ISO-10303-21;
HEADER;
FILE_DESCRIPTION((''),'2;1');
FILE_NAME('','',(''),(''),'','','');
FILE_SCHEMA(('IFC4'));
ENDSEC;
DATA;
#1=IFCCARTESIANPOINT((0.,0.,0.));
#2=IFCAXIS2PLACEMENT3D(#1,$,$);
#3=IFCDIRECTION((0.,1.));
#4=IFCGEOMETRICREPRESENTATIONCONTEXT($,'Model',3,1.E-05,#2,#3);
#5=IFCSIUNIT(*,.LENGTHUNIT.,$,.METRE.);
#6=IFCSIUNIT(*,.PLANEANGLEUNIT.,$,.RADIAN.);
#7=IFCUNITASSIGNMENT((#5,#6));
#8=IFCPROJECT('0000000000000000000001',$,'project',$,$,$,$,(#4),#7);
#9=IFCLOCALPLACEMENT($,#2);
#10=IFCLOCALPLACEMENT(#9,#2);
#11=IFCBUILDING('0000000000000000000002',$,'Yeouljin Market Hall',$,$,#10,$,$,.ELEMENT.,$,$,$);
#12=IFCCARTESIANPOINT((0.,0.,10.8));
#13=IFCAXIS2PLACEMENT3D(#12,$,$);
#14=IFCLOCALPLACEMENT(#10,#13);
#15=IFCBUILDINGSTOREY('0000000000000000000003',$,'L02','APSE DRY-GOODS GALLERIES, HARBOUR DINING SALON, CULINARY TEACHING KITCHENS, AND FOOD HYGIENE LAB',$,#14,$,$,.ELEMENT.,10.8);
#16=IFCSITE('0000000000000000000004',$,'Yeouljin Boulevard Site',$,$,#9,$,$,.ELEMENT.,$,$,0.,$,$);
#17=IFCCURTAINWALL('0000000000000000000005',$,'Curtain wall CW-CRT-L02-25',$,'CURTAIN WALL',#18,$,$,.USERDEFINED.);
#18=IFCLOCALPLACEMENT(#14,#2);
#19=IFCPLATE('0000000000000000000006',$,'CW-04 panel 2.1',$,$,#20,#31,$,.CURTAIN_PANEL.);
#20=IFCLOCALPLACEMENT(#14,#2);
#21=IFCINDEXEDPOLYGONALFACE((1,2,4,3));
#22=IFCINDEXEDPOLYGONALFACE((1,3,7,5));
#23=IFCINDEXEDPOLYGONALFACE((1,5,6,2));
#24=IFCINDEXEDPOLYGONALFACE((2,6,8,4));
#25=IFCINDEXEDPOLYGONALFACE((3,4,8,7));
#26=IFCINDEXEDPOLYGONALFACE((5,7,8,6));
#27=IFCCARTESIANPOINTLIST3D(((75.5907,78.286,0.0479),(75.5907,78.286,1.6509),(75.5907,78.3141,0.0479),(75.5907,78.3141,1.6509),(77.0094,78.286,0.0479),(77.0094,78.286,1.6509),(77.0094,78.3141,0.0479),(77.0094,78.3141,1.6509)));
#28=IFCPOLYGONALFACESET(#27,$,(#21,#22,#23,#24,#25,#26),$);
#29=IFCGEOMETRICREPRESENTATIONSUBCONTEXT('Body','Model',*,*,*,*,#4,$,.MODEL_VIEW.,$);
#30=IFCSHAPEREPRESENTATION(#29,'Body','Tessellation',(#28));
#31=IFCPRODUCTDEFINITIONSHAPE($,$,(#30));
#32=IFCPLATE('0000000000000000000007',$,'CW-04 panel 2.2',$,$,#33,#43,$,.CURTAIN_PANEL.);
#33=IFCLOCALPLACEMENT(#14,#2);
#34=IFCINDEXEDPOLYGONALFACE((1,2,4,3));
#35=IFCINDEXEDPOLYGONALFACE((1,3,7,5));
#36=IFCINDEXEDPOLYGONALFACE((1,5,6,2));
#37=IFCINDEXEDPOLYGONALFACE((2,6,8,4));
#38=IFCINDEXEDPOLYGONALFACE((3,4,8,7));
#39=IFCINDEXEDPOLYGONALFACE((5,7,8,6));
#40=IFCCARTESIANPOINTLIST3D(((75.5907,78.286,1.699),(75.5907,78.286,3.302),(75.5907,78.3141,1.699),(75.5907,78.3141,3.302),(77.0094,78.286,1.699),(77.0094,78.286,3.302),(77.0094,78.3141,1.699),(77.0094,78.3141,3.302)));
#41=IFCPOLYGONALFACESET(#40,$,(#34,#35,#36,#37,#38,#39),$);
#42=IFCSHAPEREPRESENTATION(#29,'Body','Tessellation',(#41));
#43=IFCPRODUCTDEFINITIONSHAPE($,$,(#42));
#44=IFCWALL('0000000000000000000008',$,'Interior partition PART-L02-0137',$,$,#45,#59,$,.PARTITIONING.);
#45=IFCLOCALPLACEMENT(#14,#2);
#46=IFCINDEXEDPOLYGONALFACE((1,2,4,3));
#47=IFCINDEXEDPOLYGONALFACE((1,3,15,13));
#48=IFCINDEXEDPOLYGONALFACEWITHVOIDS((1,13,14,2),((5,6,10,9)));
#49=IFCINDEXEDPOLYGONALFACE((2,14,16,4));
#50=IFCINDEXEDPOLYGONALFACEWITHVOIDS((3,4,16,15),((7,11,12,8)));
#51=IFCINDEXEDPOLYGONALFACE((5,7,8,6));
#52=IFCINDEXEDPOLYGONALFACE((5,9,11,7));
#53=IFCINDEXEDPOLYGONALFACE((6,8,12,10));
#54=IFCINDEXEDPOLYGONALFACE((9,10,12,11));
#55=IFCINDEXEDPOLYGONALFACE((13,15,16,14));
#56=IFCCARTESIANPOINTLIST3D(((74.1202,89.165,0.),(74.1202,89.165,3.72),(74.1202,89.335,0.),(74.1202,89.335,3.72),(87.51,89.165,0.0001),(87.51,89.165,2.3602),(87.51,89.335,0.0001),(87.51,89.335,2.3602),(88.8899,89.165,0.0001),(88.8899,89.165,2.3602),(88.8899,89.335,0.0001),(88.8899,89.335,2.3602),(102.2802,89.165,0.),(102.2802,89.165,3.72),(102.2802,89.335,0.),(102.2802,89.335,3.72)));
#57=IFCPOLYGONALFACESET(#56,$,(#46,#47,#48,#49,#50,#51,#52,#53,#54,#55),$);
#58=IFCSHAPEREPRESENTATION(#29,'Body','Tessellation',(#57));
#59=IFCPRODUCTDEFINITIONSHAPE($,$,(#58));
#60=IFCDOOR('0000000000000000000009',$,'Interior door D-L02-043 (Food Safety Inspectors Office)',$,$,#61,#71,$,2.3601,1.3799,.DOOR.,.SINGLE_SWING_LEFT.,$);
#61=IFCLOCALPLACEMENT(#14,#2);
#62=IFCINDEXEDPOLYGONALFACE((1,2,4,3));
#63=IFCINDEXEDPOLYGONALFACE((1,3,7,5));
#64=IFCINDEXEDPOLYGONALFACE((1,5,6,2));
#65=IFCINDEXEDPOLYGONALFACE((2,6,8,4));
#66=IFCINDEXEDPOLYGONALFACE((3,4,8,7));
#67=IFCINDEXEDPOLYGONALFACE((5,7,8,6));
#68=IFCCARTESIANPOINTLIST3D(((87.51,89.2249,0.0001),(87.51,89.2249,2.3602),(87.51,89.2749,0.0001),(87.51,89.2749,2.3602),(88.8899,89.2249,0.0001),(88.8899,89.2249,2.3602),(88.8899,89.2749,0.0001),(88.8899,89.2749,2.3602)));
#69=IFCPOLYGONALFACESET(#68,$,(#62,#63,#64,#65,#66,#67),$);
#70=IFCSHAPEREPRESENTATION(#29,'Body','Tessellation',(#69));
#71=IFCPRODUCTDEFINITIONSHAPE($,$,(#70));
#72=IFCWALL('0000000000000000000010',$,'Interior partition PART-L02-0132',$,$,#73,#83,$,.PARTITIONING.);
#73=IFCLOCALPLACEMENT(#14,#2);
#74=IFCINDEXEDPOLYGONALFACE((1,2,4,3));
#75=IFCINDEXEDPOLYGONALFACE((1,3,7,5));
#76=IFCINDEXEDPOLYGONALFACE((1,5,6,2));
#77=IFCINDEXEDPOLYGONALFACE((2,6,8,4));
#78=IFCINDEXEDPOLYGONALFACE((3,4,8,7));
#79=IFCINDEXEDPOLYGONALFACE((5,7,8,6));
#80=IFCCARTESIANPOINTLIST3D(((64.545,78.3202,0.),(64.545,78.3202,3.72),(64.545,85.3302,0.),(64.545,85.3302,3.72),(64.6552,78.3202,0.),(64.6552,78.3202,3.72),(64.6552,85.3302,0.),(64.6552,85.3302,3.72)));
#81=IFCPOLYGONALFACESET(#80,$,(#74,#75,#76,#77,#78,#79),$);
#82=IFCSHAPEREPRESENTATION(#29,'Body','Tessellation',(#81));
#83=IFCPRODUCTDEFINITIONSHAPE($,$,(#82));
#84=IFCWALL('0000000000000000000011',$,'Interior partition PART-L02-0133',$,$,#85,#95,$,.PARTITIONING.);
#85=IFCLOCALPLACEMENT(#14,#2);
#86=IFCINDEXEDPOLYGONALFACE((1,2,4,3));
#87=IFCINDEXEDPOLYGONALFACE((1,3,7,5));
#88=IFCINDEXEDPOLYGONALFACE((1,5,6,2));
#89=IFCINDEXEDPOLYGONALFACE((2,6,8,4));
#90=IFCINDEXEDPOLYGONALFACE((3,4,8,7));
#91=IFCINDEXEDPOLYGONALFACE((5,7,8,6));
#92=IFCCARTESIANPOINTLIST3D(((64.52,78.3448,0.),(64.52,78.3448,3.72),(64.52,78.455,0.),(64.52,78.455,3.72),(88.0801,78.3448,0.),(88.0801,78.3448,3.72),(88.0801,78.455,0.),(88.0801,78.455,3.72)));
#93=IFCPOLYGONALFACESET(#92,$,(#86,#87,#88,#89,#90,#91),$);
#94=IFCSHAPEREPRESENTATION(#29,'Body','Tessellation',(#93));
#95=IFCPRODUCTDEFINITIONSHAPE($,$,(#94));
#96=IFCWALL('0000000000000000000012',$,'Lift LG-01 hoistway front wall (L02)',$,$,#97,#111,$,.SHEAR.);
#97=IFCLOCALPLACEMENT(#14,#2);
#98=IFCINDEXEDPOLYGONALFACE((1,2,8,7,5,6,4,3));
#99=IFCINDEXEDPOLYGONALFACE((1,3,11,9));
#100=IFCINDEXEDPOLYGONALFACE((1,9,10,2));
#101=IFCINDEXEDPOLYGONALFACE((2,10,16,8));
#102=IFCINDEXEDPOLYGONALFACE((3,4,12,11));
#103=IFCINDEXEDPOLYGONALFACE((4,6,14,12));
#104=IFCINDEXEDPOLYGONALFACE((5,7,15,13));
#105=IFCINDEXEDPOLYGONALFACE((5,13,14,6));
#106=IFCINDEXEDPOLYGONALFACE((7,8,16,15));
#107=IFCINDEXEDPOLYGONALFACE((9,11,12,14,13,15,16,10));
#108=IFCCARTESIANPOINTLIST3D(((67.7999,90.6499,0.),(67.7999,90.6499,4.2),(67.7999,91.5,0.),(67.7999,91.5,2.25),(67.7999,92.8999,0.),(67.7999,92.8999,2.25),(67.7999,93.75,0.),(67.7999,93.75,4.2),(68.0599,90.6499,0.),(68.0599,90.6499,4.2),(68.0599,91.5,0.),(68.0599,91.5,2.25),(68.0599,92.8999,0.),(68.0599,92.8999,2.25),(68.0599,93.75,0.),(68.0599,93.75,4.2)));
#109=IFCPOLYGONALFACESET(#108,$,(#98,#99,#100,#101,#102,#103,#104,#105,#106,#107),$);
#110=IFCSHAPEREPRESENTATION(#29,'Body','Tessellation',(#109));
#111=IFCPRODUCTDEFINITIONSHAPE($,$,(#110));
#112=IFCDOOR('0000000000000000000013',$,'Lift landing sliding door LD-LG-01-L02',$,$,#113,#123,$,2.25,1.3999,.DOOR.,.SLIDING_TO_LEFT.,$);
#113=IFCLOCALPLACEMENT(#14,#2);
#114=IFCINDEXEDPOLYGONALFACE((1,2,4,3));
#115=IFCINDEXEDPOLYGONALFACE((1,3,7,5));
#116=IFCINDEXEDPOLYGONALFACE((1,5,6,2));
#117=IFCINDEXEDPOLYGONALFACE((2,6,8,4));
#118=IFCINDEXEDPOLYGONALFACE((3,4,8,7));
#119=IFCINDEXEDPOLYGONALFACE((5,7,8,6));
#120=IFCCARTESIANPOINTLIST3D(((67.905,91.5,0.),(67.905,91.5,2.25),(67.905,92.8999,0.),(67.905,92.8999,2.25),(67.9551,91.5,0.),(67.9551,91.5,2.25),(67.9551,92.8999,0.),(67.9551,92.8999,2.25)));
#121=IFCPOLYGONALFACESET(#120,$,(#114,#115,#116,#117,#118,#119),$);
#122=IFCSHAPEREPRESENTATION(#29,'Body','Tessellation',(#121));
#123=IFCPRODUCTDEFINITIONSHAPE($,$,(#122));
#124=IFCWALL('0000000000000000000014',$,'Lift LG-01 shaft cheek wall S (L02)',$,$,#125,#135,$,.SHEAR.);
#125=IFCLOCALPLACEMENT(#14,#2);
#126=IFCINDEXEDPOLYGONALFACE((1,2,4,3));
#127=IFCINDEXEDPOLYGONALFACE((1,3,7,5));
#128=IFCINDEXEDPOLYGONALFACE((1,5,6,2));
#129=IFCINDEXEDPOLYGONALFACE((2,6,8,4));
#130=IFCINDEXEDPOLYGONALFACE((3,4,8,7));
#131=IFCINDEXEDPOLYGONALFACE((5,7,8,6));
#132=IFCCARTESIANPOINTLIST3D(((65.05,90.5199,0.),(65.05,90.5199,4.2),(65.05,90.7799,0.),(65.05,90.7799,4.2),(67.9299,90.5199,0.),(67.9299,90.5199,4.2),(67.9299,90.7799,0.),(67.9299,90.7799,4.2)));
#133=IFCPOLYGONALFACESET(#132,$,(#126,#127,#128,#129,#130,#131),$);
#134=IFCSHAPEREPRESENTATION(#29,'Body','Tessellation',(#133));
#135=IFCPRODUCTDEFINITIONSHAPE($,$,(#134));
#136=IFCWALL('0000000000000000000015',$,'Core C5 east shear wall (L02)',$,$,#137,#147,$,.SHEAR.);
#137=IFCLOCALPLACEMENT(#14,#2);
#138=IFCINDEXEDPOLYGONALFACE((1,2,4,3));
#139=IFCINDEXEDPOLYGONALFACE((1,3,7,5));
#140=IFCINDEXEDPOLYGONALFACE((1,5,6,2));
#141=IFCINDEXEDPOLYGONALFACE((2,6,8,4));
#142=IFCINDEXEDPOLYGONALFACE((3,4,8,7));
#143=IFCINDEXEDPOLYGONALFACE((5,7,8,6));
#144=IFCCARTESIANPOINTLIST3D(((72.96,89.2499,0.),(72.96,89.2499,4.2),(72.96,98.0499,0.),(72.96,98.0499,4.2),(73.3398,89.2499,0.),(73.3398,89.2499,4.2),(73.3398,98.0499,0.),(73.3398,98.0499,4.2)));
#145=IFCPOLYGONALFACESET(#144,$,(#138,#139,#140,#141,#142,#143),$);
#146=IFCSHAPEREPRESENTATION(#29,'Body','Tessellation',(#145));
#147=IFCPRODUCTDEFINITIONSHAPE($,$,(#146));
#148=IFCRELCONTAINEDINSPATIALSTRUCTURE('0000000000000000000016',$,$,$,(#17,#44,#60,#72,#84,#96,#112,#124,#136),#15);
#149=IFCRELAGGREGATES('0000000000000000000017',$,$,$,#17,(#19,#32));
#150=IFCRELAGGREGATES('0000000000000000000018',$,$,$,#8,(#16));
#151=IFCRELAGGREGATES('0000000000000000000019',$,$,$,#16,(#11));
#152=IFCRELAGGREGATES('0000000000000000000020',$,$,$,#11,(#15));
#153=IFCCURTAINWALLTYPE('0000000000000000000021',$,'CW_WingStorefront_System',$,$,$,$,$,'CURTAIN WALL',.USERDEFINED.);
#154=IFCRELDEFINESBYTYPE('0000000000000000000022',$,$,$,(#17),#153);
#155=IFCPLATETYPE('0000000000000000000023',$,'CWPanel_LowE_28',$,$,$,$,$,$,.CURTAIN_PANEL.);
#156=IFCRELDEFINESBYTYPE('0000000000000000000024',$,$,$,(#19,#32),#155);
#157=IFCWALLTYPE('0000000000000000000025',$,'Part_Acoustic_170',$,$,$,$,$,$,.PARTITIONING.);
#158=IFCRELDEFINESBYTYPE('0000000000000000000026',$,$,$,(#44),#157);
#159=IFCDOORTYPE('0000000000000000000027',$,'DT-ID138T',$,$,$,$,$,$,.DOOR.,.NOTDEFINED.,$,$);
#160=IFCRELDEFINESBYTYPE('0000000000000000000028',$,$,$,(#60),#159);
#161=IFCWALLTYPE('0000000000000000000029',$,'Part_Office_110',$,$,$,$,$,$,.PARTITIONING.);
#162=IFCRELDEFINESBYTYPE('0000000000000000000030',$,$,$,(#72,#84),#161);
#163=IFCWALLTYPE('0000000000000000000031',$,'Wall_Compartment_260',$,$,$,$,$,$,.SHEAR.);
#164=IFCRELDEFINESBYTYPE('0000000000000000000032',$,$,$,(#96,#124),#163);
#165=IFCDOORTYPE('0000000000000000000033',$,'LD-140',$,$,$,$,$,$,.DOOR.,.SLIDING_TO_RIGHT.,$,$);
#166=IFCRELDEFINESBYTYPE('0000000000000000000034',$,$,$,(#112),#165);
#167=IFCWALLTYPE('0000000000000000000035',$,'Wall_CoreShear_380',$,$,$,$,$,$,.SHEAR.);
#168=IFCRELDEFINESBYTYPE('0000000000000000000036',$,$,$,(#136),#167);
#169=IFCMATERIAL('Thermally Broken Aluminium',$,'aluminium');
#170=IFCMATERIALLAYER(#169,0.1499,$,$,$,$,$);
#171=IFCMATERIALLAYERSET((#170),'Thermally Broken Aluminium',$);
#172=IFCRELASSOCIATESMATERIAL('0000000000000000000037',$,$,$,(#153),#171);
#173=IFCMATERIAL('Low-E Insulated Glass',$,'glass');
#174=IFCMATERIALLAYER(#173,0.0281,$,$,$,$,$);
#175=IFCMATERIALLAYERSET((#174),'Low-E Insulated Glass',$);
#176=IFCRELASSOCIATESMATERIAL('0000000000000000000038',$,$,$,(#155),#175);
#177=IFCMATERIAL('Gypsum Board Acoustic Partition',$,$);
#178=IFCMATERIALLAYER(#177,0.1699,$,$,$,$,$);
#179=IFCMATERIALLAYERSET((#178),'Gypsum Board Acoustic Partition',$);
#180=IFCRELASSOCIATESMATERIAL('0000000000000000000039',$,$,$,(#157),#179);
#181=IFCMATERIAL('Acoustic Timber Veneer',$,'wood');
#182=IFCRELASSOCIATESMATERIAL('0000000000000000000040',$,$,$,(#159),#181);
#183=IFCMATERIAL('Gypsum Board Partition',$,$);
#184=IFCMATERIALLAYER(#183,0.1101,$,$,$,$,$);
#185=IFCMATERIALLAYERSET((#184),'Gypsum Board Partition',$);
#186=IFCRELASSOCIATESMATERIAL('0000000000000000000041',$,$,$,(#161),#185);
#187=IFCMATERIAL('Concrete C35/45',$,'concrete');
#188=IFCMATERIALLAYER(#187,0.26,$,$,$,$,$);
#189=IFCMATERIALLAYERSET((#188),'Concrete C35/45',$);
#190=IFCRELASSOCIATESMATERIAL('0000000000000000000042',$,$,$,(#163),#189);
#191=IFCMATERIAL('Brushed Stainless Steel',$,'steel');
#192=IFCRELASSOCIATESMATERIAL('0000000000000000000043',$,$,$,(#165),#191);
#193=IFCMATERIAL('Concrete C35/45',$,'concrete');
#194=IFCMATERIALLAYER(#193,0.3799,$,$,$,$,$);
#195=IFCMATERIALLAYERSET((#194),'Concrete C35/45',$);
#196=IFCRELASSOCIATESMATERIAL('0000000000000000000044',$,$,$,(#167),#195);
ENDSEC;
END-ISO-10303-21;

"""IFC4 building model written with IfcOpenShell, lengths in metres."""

from ifc_helpers import new_model, si_unit, direction, frame, frame_2d, origin, origin_2d, place, context, subcontext, project, spatial, rectangle, extrude, material, layer, layer_set, type_object, element, fill, aggregate, save


model = new_model("IFC4")

# Units and contexts
model_context = context("Model", 3, precision=1e-05, world=origin(), true_north=direction((0.0, 1.0)))
body_context = subcontext(model_context, "Body", "Model", "MODEL_VIEW")
ifc_project = project(units=[si_unit("LENGTHUNIT", "METRE"), si_unit("PLANEANGLEUNIT", "RADIAN")], contexts=[model_context])

# Site, building, storey
site_placement = place(None, origin())
site = spatial("IfcSite", under=ifc_project, at=site_placement, Name="Yeouljin Boulevard Site", CompositionType="ELEMENT", RefElevation=0.0)
building_placement = place(site_placement, origin())
building = spatial("IfcBuilding", under=site, at=building_placement, Name="Yeouljin Market Hall", CompositionType="ELEMENT")
storey_placement = place(building_placement, frame((0.0, 0.0, 10.8)))
storey = spatial("IfcBuildingStorey", under=building, at=storey_placement, Name="L02", Description="APSE DRY-GOODS GALLERIES, HARBOUR DINING SALON, CULINARY TEACHING KITCHENS, AND FOOD HYGIENE LAB", CompositionType="ELEMENT", Elevation=10.8)

# Curtain wall
ifc_material_1 = material(Name="Thermally Broken Aluminium", Category="aluminium")
ifc_layer_1 = layer(ifc_material_1, 0.1499)
ifc_layer_set_1 = layer_set([ifc_layer_1], Name="Thermally Broken Aluminium")
curtain_wall_type = type_object("IfcCurtainWallType", Name="CW_WingStorefront_System", ElementType="CURTAIN WALL", PredefinedType="USERDEFINED", material=ifc_layer_set_1)
curtain_wall_placement = place(storey_placement, origin())
curtain_wall = element("IfcCurtainWall", 1, at=curtain_wall_placement, inside=storey, type_object=curtain_wall_type, Name="Curtain wall CW-CRT-L02-25", ObjectType="CURTAIN WALL", PredefinedType="USERDEFINED")

# Plates
ifc_material_2 = material(Name="Low-E Insulated Glass", Category="glass")
ifc_layer_2 = layer(ifc_material_2, 0.0281)
ifc_layer_set_2 = layer_set([ifc_layer_2], Name="Low-E Insulated Glass")
plate_type = type_object("IfcPlateType", Name="CWPanel_LowE_28", PredefinedType="CURTAIN_PANEL", material=ifc_layer_set_2)
plate_1_placement = place(storey_placement, frame((76.3, 78.3, 0.0479), z_axis=(0.0, 0.0, 1.0), x_axis=(1.0, 0.0, 0.0)))
plate_1 = element("IfcPlate", 2, at=plate_1_placement, type_object=plate_type, Name="CW-04 panel 2.1", PredefinedType="CURTAIN_PANEL", context=body_context, shape_type="SweptSolid", body=[
    extrude(rectangle(XDim=1.4187, YDim=0.0281, at=origin_2d()), origin(), (0.0, 0.0, 1.0), 1.603),
])
plate_2_placement = place(storey_placement, frame((76.3, 78.3, 1.699), z_axis=(0.0, 0.0, 1.0), x_axis=(1.0, 0.0, 0.0)))
plate_2 = element("IfcPlate", 3, at=plate_2_placement, type_object=plate_type, Name="CW-04 panel 2.2", PredefinedType="CURTAIN_PANEL", context=body_context, shape_type="SweptSolid", body=[
    extrude(rectangle(XDim=1.4187, YDim=0.0281, at=origin_2d()), origin(), (0.0, 0.0, 1.0), 1.603),
])
aggregate(curtain_wall, [plate_1, plate_2])

# Wall, opening, door
ifc_material_3 = material(Name="Gypsum Board Acoustic Partition")
ifc_layer_3 = layer(ifc_material_3, 0.1699)
ifc_layer_set_3 = layer_set([ifc_layer_3], Name="Gypsum Board Acoustic Partition")
wall_type_1 = type_object("IfcWallType", Name="Part_Acoustic_170", PredefinedType="PARTITIONING", material=ifc_layer_set_3)
wall_1_placement = place(storey_placement, frame((74.1201, 89.25, 0.0), z_axis=(0.0, 0.0, 1.0), x_axis=(1.0, 0.0, 0.0)))
wall_1 = element("IfcWall", 4, at=wall_1_placement, inside=storey, type_object=wall_type_1, Name="Interior partition PART-L02-0137", PredefinedType="PARTITIONING", context=body_context, shape_type="SweptSolid", body=[
    extrude(rectangle(XDim=28.1599, YDim=0.1699, at=frame_2d((14.0801, 0.0))), origin(), (0.0, 0.0, 1.0), 3.72),
])
opening_1_placement = place(wall_1_placement, frame((13.3899, 0.0, 0.0)))
opening_1 = element("IfcOpeningElement", 5, at=opening_1_placement, cuts=wall_1, PredefinedType="OPENING", context=body_context, shape_type="SweptSolid", body=[
    extrude(rectangle(XDim=1.3799, YDim=2.3601, at=frame_2d((0.6899, 1.1802))), frame((0.0, 0.095, 0.0), z_axis=(0.0, -1.0, 0.0), x_axis=(1.0, 0.0, 0.0)), (0.0, 0.0, 1.0), 0.1899),
])
ifc_material_4 = material(Name="Acoustic Timber Veneer", Category="wood")
door_type_1 = type_object("IfcDoorType", Name="DT-ID138T", OperationType="NOTDEFINED", PredefinedType="DOOR", material=ifc_material_4)
door_1_placement = place(opening_1_placement, origin())
door_1 = element("IfcDoor", 6, at=door_1_placement, inside=storey, type_object=door_type_1, Name="Interior door D-L02-043 (Food Safety Inspectors Office)", OperationType="SINGLE_SWING_LEFT", OverallHeight=2.3601, OverallWidth=1.3799, PredefinedType="DOOR", context=body_context, shape_type="SweptSolid", body=[
    extrude(rectangle(XDim=1.3799, YDim=2.3601, at=frame_2d((0.6899, 1.1802))), frame((0.0, 0.0249, 0.0), z_axis=(0.0, -1.0, 0.0), x_axis=(1.0, 0.0, 0.0)), (0.0, 0.0, 1.0), 0.05),
])
fill(opening_1, door_1)

# Walls
ifc_material_5 = material(Name="Gypsum Board Partition")
ifc_layer_4 = layer(ifc_material_5, 0.1101)
ifc_layer_set_4 = layer_set([ifc_layer_4], Name="Gypsum Board Partition")
wall_type_2 = type_object("IfcWallType", Name="Part_Office_110", PredefinedType="PARTITIONING", material=ifc_layer_set_4)
wall_2_placement = place(storey_placement, frame((64.6001, 85.3301, 0.0), z_axis=(0.0, 0.0, 1.0), x_axis=(0.0, -1.0, 0.0)))
element("IfcWall", 7, at=wall_2_placement, inside=storey, type_object=wall_type_2, Name="Interior partition PART-L02-0132", PredefinedType="PARTITIONING", context=body_context, shape_type="SweptSolid", body=[
    extrude(rectangle(XDim=7.01, YDim=0.1101, at=frame_2d((3.5049, 0.0))), origin(), (0.0, 0.0, 1.0), 3.72),
])
wall_3_placement = place(storey_placement, frame((64.52, 78.3999, 0.0), z_axis=(0.0, 0.0, 1.0), x_axis=(1.0, 0.0, 0.0)))
element("IfcWall", 8, at=wall_3_placement, inside=storey, type_object=wall_type_2, Name="Interior partition PART-L02-0133", PredefinedType="PARTITIONING", context=body_context, shape_type="SweptSolid", body=[
    extrude(rectangle(XDim=23.5601, YDim=0.1101, at=frame_2d((11.78, 0.0))), origin(), (0.0, 0.0, 1.0), 3.72),
])

# Wall, opening, door
ifc_material_6 = material(Name="Concrete C35/45", Category="concrete")
ifc_layer_5 = layer(ifc_material_6, 0.26)
ifc_layer_set_5 = layer_set([ifc_layer_5], Name="Concrete C35/45")
wall_type_3 = type_object("IfcWallType", Name="Wall_Compartment_260", PredefinedType="SHEAR", material=ifc_layer_set_5)
wall_4_placement = place(storey_placement, frame((67.9299, 90.6499, 0.0), z_axis=(0.0, 0.0, 1.0), x_axis=(0.0, 1.0, 0.0)))
wall_4 = element("IfcWall", 9, at=wall_4_placement, inside=storey, type_object=wall_type_3, Name="Lift LG-01 hoistway front wall (L02)", PredefinedType="SHEAR", context=body_context, shape_type="SweptSolid", body=[
    extrude(rectangle(XDim=3.1001, YDim=0.26, at=frame_2d((1.55, 0.0))), origin(), (0.0, 0.0, 1.0), 4.2),
])
opening_2_placement = place(wall_4_placement, frame((0.8501, 0.0, 0.0)))
opening_2 = element("IfcOpeningElement", 10, at=opening_2_placement, cuts=wall_4, PredefinedType="OPENING", context=body_context, shape_type="SweptSolid", body=[
    extrude(rectangle(XDim=1.3999, YDim=2.25, at=frame_2d((0.7, 1.125))), frame((0.0, 0.1399, 0.0), z_axis=(0.0, -1.0, 0.0), x_axis=(1.0, 0.0, 0.0)), (0.0, 0.0, 1.0), 0.28),
])
ifc_material_7 = material(Name="Brushed Stainless Steel", Category="steel")
door_type_2 = type_object("IfcDoorType", Name="LD-140", OperationType="SLIDING_TO_RIGHT", PredefinedType="DOOR", material=ifc_material_7)
door_2_placement = place(opening_2_placement, origin())
door_2 = element("IfcDoor", 11, at=door_2_placement, inside=storey, type_object=door_type_2, Name="Lift landing sliding door LD-LG-01-L02", OperationType="SLIDING_TO_LEFT", OverallHeight=2.25, OverallWidth=1.3999, PredefinedType="DOOR", context=body_context, shape_type="SweptSolid", body=[
    extrude(rectangle(XDim=1.3999, YDim=2.25, at=frame_2d((0.7, 1.125))), frame((0.0, 0.0249, 0.0), z_axis=(0.0, -1.0, 0.0), x_axis=(1.0, 0.0, 0.0)), (0.0, 0.0, 1.0), 0.05),
])
fill(opening_2, door_2)

# Wall
wall_5_placement = place(storey_placement, frame((65.05, 90.6499, 0.0), z_axis=(0.0, 0.0, 1.0), x_axis=(1.0, 0.0, 0.0)))
element("IfcWall", 12, at=wall_5_placement, inside=storey, type_object=wall_type_3, Name="Lift LG-01 shaft cheek wall S (L02)", PredefinedType="SHEAR", context=body_context, shape_type="SweptSolid", body=[
    extrude(rectangle(XDim=2.8799, YDim=0.26, at=frame_2d((1.4399, 0.0))), origin(), (0.0, 0.0, 1.0), 4.2),
])

# Shared definitions
ifc_material_8 = material(Name="Concrete C35/45", Category="concrete")
ifc_layer_6 = layer(ifc_material_8, 0.3799)
ifc_layer_set_6 = layer_set([ifc_layer_6], Name="Concrete C35/45")
wall_type_4 = type_object("IfcWallType", Name="Wall_CoreShear_380", PredefinedType="SHEAR", material=ifc_layer_set_6)

# Wall
wall_6_placement = place(storey_placement, frame((73.1499, 89.25, 0.0), z_axis=(0.0, 0.0, 1.0), x_axis=(0.0, 1.0, 0.0)))
element("IfcWall", 13, at=wall_6_placement, inside=storey, type_object=wall_type_4, Name="Core C5 east shear wall (L02)", PredefinedType="SHEAR", context=body_context, shape_type="SweptSolid", body=[
    extrude(rectangle(XDim=8.8, YDim=0.3799, at=frame_2d((4.3999, 0.0))), origin(), (0.0, 0.0, 1.0), 4.2),
])

save(model, "model.ifc")
